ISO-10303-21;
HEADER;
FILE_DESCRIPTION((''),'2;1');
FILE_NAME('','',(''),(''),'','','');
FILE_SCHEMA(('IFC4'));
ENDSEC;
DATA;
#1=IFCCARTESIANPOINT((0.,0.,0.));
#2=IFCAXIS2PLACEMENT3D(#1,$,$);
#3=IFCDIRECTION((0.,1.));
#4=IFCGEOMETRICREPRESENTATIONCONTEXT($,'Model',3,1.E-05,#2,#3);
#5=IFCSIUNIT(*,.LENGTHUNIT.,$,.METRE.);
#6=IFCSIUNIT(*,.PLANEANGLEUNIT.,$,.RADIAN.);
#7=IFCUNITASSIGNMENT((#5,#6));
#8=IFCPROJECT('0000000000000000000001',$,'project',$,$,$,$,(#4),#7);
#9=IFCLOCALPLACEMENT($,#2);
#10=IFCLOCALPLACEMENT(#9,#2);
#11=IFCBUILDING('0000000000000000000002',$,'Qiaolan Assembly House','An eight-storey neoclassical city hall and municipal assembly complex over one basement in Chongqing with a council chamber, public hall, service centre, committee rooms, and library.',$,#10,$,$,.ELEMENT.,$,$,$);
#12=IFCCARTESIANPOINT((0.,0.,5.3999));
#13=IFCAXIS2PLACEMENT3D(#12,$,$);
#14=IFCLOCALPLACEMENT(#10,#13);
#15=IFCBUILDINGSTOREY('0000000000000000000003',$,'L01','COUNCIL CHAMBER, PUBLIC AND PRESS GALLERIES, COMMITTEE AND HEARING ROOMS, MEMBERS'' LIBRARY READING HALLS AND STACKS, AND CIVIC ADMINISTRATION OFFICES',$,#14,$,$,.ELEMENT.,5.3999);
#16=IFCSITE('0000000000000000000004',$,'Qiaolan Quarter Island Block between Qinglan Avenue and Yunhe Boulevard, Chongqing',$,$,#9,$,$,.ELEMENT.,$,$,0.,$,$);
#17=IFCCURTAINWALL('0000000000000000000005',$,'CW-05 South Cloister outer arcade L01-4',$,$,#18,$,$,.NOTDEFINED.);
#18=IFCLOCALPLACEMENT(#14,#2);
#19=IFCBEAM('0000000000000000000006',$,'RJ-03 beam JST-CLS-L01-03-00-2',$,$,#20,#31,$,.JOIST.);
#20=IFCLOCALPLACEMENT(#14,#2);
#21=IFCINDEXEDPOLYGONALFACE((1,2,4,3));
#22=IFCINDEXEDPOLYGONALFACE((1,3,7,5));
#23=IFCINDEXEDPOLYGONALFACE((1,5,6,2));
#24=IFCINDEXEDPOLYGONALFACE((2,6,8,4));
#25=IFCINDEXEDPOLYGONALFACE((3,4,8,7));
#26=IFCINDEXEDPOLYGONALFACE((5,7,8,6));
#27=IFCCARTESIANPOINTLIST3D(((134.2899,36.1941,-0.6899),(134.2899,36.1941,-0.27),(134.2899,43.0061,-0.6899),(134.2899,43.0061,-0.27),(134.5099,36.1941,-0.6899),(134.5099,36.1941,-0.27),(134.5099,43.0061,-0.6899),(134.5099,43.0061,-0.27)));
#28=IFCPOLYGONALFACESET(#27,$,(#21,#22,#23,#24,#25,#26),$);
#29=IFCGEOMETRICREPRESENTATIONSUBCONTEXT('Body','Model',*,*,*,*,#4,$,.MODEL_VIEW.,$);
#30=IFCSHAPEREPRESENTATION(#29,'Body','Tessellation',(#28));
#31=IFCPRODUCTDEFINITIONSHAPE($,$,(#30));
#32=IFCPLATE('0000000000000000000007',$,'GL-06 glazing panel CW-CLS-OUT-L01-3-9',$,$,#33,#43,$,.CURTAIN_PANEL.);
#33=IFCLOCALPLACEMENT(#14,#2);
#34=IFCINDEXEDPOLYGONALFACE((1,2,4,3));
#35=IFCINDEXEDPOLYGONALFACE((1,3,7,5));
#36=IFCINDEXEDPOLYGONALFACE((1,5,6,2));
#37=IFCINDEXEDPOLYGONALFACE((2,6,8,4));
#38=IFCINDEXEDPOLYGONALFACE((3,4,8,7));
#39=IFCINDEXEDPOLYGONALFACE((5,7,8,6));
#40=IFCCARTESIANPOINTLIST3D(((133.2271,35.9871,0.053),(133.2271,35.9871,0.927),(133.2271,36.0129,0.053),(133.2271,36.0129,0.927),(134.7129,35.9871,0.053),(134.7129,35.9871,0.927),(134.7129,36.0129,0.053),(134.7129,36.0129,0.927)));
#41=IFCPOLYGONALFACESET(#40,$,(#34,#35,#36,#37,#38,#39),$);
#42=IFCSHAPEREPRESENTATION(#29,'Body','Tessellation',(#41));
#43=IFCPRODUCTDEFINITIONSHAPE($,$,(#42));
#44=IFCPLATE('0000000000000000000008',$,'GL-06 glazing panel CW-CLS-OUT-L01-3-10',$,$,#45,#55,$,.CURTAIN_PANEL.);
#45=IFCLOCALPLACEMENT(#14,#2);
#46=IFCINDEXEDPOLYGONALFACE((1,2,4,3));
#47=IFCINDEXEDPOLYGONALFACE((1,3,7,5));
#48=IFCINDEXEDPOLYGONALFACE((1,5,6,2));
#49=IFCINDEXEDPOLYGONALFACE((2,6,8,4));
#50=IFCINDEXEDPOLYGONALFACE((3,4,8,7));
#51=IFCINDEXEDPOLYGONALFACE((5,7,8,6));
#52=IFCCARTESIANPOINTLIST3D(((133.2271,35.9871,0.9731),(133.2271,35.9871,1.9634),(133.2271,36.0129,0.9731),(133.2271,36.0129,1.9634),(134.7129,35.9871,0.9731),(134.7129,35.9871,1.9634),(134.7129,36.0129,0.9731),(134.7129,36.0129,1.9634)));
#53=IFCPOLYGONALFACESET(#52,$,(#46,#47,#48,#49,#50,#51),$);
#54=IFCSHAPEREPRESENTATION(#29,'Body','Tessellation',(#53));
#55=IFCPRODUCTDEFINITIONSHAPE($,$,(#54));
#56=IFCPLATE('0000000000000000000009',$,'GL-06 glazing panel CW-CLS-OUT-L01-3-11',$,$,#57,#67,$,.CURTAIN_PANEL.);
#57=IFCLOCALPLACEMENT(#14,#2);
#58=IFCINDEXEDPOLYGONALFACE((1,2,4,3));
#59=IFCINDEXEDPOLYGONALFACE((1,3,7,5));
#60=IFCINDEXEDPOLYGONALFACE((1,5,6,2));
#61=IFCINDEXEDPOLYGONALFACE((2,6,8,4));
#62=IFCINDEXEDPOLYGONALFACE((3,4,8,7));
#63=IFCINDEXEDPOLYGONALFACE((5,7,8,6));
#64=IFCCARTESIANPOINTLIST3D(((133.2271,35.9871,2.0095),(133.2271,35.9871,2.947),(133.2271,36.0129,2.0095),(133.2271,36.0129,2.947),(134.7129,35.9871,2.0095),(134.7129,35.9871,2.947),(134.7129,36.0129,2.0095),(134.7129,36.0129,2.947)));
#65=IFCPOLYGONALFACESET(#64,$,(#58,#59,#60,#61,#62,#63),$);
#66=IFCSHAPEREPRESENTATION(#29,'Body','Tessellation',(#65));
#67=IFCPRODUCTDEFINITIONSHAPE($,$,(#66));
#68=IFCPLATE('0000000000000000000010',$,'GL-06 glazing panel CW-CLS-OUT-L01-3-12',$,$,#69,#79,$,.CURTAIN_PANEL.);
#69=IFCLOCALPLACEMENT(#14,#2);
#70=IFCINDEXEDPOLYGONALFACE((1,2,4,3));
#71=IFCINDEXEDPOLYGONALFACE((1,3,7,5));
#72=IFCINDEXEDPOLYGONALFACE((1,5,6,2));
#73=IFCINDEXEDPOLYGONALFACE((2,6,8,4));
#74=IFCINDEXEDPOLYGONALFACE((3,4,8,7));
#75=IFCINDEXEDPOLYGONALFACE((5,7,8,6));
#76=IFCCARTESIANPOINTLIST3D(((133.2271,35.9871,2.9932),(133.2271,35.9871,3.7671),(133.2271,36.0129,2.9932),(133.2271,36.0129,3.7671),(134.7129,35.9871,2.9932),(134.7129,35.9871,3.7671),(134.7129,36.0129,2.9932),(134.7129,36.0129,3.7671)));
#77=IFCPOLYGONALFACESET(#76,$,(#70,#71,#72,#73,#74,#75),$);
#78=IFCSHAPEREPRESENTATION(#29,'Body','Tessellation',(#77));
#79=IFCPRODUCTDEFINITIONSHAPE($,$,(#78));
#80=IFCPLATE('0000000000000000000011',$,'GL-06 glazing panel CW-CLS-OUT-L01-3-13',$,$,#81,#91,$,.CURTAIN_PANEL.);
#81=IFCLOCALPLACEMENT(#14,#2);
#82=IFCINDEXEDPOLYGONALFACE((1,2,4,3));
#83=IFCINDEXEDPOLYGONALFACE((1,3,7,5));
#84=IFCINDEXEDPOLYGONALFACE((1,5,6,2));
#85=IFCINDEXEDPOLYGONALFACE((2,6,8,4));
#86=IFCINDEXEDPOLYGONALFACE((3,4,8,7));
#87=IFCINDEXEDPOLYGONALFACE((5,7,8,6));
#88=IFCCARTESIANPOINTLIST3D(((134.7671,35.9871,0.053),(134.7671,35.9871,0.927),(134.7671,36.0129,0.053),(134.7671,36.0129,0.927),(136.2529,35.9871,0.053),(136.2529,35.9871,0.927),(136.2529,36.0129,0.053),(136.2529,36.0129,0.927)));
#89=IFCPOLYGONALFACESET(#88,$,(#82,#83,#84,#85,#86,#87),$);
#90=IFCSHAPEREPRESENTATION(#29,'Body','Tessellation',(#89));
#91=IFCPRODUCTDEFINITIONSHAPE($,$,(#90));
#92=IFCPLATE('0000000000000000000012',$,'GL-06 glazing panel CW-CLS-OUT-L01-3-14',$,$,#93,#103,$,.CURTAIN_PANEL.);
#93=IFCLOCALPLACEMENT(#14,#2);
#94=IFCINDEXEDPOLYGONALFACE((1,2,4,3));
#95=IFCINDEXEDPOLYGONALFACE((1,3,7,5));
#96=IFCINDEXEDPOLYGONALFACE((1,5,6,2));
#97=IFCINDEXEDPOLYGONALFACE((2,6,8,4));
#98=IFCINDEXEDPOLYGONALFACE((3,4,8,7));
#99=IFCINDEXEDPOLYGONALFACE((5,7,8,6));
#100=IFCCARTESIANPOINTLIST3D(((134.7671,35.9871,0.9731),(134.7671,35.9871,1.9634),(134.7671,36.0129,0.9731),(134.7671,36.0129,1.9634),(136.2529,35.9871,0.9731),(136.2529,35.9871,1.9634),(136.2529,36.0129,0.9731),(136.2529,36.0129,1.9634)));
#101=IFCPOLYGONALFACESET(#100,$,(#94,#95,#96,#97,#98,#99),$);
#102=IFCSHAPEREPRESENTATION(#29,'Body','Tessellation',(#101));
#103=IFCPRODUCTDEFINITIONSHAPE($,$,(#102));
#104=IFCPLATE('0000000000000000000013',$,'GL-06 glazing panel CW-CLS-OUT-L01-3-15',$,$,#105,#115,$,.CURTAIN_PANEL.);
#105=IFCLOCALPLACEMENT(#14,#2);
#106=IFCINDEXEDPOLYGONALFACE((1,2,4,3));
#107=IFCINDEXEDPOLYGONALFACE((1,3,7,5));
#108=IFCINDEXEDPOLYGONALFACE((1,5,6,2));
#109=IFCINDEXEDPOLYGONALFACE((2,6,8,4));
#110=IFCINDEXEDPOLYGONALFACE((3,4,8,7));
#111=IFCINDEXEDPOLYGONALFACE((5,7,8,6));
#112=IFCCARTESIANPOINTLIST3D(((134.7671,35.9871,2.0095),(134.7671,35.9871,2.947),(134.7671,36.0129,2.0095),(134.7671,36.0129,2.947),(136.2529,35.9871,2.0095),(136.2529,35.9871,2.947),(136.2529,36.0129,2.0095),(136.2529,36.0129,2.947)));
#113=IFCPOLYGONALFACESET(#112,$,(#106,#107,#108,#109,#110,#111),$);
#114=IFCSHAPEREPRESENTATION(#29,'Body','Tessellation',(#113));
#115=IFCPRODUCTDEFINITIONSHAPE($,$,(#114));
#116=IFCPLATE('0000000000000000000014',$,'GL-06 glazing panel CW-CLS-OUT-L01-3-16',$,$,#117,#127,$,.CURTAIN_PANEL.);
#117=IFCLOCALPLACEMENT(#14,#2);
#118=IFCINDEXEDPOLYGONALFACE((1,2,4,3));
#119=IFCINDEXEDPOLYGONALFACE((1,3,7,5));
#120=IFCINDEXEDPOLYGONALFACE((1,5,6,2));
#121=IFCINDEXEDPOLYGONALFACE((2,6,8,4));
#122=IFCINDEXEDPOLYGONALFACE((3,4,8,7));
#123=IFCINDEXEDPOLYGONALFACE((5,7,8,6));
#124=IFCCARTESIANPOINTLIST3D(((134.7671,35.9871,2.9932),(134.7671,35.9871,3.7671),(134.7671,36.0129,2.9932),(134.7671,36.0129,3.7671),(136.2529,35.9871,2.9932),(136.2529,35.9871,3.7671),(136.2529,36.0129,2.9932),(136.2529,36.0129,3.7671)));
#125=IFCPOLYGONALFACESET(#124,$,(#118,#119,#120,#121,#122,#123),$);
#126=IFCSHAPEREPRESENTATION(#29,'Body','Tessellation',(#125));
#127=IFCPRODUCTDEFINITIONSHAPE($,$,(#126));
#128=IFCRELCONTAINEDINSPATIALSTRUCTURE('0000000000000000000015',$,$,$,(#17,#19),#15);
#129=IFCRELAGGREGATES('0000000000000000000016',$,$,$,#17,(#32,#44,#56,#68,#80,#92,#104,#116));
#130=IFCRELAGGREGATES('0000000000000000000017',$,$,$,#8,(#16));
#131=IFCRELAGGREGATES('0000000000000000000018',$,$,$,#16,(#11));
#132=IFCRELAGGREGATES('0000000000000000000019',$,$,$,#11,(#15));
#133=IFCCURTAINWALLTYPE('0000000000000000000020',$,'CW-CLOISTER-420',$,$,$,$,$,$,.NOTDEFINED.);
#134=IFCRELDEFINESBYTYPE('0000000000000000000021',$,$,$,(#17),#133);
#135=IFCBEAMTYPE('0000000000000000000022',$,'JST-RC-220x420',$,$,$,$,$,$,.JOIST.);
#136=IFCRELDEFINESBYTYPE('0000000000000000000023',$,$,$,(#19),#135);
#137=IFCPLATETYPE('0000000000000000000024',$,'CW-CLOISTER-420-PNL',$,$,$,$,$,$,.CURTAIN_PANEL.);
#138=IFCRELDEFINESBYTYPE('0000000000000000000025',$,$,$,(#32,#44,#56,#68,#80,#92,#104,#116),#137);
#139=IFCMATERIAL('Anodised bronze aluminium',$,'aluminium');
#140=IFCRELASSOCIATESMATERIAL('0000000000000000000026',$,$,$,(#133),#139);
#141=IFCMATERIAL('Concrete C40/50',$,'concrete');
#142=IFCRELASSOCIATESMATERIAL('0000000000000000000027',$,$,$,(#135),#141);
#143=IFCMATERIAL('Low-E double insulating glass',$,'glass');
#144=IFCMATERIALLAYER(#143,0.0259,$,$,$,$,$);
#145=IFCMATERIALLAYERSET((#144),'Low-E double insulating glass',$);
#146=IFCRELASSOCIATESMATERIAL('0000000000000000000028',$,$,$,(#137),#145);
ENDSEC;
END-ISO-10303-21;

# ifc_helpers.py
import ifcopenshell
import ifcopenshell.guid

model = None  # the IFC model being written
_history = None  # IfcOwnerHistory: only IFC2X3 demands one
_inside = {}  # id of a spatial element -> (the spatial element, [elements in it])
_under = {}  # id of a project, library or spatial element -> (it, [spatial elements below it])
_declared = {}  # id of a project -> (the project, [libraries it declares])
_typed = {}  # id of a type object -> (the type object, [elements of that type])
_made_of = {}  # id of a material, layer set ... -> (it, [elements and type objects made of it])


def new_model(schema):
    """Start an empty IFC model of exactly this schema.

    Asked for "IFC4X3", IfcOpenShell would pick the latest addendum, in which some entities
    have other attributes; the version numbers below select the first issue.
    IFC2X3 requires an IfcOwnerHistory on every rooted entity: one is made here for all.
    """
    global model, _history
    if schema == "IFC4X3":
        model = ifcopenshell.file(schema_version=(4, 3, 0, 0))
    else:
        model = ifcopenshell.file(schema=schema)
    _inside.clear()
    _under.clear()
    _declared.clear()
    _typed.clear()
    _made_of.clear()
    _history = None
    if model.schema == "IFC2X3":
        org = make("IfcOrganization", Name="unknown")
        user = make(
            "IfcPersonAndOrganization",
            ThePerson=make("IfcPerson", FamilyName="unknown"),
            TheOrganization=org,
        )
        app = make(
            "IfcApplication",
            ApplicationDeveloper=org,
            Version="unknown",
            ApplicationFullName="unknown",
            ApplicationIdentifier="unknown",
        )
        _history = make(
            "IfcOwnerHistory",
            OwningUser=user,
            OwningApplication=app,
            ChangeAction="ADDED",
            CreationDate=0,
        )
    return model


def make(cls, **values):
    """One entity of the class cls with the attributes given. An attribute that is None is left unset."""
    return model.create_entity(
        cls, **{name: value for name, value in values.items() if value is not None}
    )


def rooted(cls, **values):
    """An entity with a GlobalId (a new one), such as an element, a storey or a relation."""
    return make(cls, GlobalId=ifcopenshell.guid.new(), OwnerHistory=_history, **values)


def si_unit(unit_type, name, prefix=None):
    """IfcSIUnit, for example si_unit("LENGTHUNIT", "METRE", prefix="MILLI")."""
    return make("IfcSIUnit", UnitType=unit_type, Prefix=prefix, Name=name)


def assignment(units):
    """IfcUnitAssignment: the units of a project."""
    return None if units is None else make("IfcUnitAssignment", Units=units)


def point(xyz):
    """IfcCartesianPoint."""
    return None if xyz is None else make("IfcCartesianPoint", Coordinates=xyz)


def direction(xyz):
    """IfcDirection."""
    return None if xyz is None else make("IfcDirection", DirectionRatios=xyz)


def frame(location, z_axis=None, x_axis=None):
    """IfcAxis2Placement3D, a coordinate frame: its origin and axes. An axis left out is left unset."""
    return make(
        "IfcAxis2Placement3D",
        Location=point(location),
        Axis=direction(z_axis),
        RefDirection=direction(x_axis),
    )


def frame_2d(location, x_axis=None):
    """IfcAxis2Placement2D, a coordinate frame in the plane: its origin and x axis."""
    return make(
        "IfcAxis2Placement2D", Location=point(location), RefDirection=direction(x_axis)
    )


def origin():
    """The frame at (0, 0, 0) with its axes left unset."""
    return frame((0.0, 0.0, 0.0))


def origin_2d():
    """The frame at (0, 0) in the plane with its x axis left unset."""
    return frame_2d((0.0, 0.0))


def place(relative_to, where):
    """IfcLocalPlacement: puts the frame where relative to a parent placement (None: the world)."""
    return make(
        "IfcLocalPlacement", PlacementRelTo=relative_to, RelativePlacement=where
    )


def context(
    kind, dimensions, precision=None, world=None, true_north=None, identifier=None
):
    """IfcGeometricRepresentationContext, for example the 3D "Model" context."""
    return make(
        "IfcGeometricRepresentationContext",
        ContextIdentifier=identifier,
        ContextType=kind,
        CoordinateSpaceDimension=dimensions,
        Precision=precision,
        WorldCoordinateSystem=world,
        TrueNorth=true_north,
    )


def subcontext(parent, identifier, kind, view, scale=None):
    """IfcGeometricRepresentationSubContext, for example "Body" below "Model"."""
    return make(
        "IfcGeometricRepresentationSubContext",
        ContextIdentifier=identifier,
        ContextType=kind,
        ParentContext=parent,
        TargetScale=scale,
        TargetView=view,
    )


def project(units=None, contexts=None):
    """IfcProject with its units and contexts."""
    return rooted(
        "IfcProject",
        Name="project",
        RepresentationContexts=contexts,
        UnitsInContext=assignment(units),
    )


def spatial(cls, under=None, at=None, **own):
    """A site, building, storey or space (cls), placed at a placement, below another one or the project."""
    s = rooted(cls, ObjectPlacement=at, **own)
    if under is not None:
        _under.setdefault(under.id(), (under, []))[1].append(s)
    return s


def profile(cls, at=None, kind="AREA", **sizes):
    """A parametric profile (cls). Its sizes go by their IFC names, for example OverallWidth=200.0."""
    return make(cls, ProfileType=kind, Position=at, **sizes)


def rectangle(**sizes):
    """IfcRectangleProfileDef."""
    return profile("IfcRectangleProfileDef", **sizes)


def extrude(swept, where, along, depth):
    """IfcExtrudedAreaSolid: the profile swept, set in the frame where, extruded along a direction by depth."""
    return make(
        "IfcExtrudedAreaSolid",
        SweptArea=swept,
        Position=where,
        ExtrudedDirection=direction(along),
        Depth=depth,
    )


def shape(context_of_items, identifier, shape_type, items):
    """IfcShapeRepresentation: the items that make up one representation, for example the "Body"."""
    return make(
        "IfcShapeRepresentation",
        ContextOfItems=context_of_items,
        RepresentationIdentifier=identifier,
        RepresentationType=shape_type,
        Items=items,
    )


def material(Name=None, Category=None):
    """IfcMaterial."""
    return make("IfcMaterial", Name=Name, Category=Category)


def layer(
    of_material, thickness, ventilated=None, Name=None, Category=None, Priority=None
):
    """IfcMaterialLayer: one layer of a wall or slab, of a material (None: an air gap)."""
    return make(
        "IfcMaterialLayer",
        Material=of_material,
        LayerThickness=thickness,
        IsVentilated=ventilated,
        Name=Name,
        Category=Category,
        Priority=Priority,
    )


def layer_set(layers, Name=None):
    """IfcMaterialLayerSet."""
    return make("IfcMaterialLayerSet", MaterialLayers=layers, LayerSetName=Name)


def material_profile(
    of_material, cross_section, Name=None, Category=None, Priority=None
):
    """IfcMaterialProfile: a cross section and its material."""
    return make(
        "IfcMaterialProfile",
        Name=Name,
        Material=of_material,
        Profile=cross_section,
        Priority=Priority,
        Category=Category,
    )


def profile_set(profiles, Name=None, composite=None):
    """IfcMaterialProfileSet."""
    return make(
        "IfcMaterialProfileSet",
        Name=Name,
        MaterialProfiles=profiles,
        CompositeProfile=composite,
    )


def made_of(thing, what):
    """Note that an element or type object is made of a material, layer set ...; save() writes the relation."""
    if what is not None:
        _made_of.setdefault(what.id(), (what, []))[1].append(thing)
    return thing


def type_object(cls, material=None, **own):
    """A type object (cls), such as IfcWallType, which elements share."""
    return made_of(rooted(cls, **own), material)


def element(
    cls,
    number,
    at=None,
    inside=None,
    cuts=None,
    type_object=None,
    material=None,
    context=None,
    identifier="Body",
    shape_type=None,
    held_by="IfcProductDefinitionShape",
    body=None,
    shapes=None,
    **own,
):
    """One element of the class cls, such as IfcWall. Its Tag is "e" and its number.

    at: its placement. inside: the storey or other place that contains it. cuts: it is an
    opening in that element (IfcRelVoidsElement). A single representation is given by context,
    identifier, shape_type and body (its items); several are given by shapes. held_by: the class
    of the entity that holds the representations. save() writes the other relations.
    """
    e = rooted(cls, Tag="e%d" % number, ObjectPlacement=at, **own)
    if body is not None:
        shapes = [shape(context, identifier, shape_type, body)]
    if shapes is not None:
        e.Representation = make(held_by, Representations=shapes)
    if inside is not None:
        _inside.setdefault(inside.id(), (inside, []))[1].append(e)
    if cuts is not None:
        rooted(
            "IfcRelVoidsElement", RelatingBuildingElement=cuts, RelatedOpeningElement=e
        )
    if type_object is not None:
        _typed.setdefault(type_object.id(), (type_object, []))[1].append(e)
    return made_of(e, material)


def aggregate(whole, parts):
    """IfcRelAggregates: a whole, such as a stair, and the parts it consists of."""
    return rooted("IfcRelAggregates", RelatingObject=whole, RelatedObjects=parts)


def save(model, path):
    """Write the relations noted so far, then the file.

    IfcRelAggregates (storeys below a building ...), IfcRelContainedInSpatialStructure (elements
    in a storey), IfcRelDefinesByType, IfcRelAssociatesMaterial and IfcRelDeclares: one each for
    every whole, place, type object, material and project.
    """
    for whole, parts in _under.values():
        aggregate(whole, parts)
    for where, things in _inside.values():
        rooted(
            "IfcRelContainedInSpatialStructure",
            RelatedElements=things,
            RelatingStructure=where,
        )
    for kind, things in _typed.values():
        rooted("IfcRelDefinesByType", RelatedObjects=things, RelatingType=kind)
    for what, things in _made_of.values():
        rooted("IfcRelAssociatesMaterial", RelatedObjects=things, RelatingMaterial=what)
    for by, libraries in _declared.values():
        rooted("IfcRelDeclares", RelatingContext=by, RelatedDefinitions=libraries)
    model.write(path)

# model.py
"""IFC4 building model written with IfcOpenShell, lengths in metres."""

from ifc_helpers import new_model, si_unit, direction, frame, frame_2d, origin, origin_2d, place, context, subcontext, project, spatial, rectangle, extrude, material, layer, layer_set, material_profile, profile_set, type_object, element, aggregate, save


model = new_model("IFC4")

# Units and contexts
model_context = context("Model", 3, precision=1e-05, world=origin(), true_north=direction((0.0, 1.0)))
body_context = subcontext(model_context, "Body", "Model", "MODEL_VIEW")
ifc_project = project(units=[si_unit("LENGTHUNIT", "METRE"), si_unit("PLANEANGLEUNIT", "RADIAN")], contexts=[model_context])

# Site, building, storey
site_placement = place(None, origin())
site = spatial("IfcSite", under=ifc_project, at=site_placement, Name="Qiaolan Quarter Island Block between Qinglan Avenue and Yunhe Boulevard, Chongqing", CompositionType="ELEMENT", RefElevation=0.0)
building_placement = place(site_placement, origin())
building = spatial("IfcBuilding", under=site, at=building_placement, Name="Qiaolan Assembly House", Description="An eight-storey neoclassical city hall and municipal assembly complex over one basement in Chongqing with a council chamber, public hall, service centre, committee rooms, and library.", CompositionType="ELEMENT")
storey_placement = place(building_placement, frame((0.0, 0.0, 5.3999)))
storey = spatial("IfcBuildingStorey", under=building, at=storey_placement, Name="L01", Description="COUNCIL CHAMBER, PUBLIC AND PRESS GALLERIES, COMMITTEE AND HEARING ROOMS, MEMBERS' LIBRARY READING HALLS AND STACKS, AND CIVIC ADMINISTRATION OFFICES", CompositionType="ELEMENT", Elevation=5.3999)

# Curtain wall
ifc_material_1 = material(Name="Anodised bronze aluminium", Category="aluminium")
curtain_wall_type = type_object("IfcCurtainWallType", Name="CW-CLOISTER-420", PredefinedType="NOTDEFINED", material=ifc_material_1)
curtain_wall_1_placement = place(storey_placement, origin())
curtain_wall_1 = element("IfcCurtainWall", 1, at=curtain_wall_1_placement, inside=storey, type_object=curtain_wall_type, Name="CW-05 South Cloister outer arcade L01-4", PredefinedType="NOTDEFINED")

# Beam
ifc_material_2 = material(Name="Concrete C40/50", Category="concrete")
ifc_material_profile_1 = material_profile(ifc_material_2, rectangle(XDim=0.22, YDim=0.4199, at=origin_2d()), Name="RCB 220x420")
ifc_profile_set_1 = profile_set([ifc_material_profile_1], Name="Concrete C40/50")
beam_type = type_object("IfcBeamType", Name="JST-RC-220x420", PredefinedType="JOIST", material=ifc_profile_set_1)
beam_placement = place(storey_placement, frame((134.3999, 36.1941, -0.48), z_axis=(0.0, 1.0, 0.0), x_axis=(-1.0, 0.0, 0.0)))
element("IfcBeam", 2, at=beam_placement, inside=storey, type_object=beam_type, Name="RJ-03 beam JST-CLS-L01-03-00-2", PredefinedType="JOIST", context=body_context, shape_type="SweptSolid", body=[
    extrude(rectangle(XDim=0.22, YDim=0.4199, at=origin_2d()), origin(), (0.0, 0.0, 1.0), 6.812),
])

# Plates
ifc_material_3 = material(Name="Low-E double insulating glass", Category="glass")
ifc_layer = layer(ifc_material_3, 0.0259)
ifc_layer_set = layer_set([ifc_layer], Name="Low-E double insulating glass")
plate_type = type_object("IfcPlateType", Name="CW-CLOISTER-420-PNL", PredefinedType="CURTAIN_PANEL", material=ifc_layer_set)
plate_1_placement = place(storey_placement, frame((133.2271, 36.0, 0.053), z_axis=(0.0, 0.0, 1.0), x_axis=(1.0, 0.0, 0.0)))
plate_1 = element("IfcPlate", 3, at=plate_1_placement, type_object=plate_type, Name="GL-06 glazing panel CW-CLS-OUT-L01-3-9", PredefinedType="CURTAIN_PANEL", context=body_context, shape_type="SweptSolid", body=[
    extrude(rectangle(XDim=1.4858, YDim=0.0259, at=frame_2d((0.7429, 0.0))), origin(), (0.0, 0.0, 1.0), 0.874),
])
plate_2_placement = place(storey_placement, frame((133.2271, 36.0, 0.9731), z_axis=(0.0, 0.0, 1.0), x_axis=(1.0, 0.0, 0.0)))
plate_2 = element("IfcPlate", 4, at=plate_2_placement, type_object=plate_type, Name="GL-06 glazing panel CW-CLS-OUT-L01-3-10", PredefinedType="CURTAIN_PANEL", context=body_context, shape_type="SweptSolid", body=[
    extrude(rectangle(XDim=1.4858, YDim=0.0259, at=frame_2d((0.7429, 0.0))), origin(), (0.0, 0.0, 1.0), 0.9902),
])
plate_3_placement = place(storey_placement, frame((133.2271, 36.0, 2.0095), z_axis=(0.0, 0.0, 1.0), x_axis=(1.0, 0.0, 0.0)))
plate_3 = element("IfcPlate", 5, at=plate_3_placement, type_object=plate_type, Name="GL-06 glazing panel CW-CLS-OUT-L01-3-11", PredefinedType="CURTAIN_PANEL", context=body_context, shape_type="SweptSolid", body=[
    extrude(rectangle(XDim=1.4858, YDim=0.0259, at=frame_2d((0.7429, 0.0))), origin(), (0.0, 0.0, 1.0), 0.9375),
])
plate_4_placement = place(storey_placement, frame((133.2271, 36.0, 2.9932), z_axis=(0.0, 0.0, 1.0), x_axis=(1.0, 0.0, 0.0)))
plate_4 = element("IfcPlate", 6, at=plate_4_placement, type_object=plate_type, Name="GL-06 glazing panel CW-CLS-OUT-L01-3-12", PredefinedType="CURTAIN_PANEL", context=body_context, shape_type="SweptSolid", body=[
    extrude(rectangle(XDim=1.4858, YDim=0.0259, at=frame_2d((0.7429, 0.0))), origin(), (0.0, 0.0, 1.0), 0.7739),
])
plate_5_placement = place(storey_placement, frame((134.7671, 36.0, 0.053), z_axis=(0.0, 0.0, 1.0), x_axis=(1.0, 0.0, 0.0)))
plate_5 = element("IfcPlate", 7, at=plate_5_placement, type_object=plate_type, Name="GL-06 glazing panel CW-CLS-OUT-L01-3-13", PredefinedType="CURTAIN_PANEL", context=body_context, shape_type="SweptSolid", body=[
    extrude(rectangle(XDim=1.4858, YDim=0.0259, at=frame_2d((0.7429, 0.0))), origin(), (0.0, 0.0, 1.0), 0.874),
])
plate_6_placement = place(storey_placement, frame((134.7671, 36.0, 0.9731), z_axis=(0.0, 0.0, 1.0), x_axis=(1.0, 0.0, 0.0)))
plate_6 = element("IfcPlate", 8, at=plate_6_placement, type_object=plate_type, Name="GL-06 glazing panel CW-CLS-OUT-L01-3-14", PredefinedType="CURTAIN_PANEL", context=body_context, shape_type="SweptSolid", body=[
    extrude(rectangle(XDim=1.4858, YDim=0.0259, at=frame_2d((0.7429, 0.0))), origin(), (0.0, 0.0, 1.0), 0.9902),
])
plate_7_placement = place(storey_placement, frame((134.7671, 36.0, 2.0095), z_axis=(0.0, 0.0, 1.0), x_axis=(1.0, 0.0, 0.0)))
plate_7 = element("IfcPlate", 9, at=plate_7_placement, type_object=plate_type, Name="GL-06 glazing panel CW-CLS-OUT-L01-3-15", PredefinedType="CURTAIN_PANEL", context=body_context, shape_type="SweptSolid", body=[
    extrude(rectangle(XDim=1.4858, YDim=0.0259, at=frame_2d((0.7429, 0.0))), origin(), (0.0, 0.0, 1.0), 0.9375),
])
plate_8_placement = place(storey_placement, frame((134.7671, 36.0, 2.9932), z_axis=(0.0, 0.0, 1.0), x_axis=(1.0, 0.0, 0.0)))
plate_8 = element("IfcPlate", 10, at=plate_8_placement, type_object=plate_type, Name="GL-06 glazing panel CW-CLS-OUT-L01-3-16", PredefinedType="CURTAIN_PANEL", context=body_context, shape_type="SweptSolid", body=[
    extrude(rectangle(XDim=1.4858, YDim=0.0259, at=frame_2d((0.7429, 0.0))), origin(), (0.0, 0.0, 1.0), 0.7739),
])
aggregate(curtain_wall_1, [plate_1, plate_2, plate_3, plate_4, plate_5, plate_6, plate_7, plate_8])

save(model, "model.ifc")
